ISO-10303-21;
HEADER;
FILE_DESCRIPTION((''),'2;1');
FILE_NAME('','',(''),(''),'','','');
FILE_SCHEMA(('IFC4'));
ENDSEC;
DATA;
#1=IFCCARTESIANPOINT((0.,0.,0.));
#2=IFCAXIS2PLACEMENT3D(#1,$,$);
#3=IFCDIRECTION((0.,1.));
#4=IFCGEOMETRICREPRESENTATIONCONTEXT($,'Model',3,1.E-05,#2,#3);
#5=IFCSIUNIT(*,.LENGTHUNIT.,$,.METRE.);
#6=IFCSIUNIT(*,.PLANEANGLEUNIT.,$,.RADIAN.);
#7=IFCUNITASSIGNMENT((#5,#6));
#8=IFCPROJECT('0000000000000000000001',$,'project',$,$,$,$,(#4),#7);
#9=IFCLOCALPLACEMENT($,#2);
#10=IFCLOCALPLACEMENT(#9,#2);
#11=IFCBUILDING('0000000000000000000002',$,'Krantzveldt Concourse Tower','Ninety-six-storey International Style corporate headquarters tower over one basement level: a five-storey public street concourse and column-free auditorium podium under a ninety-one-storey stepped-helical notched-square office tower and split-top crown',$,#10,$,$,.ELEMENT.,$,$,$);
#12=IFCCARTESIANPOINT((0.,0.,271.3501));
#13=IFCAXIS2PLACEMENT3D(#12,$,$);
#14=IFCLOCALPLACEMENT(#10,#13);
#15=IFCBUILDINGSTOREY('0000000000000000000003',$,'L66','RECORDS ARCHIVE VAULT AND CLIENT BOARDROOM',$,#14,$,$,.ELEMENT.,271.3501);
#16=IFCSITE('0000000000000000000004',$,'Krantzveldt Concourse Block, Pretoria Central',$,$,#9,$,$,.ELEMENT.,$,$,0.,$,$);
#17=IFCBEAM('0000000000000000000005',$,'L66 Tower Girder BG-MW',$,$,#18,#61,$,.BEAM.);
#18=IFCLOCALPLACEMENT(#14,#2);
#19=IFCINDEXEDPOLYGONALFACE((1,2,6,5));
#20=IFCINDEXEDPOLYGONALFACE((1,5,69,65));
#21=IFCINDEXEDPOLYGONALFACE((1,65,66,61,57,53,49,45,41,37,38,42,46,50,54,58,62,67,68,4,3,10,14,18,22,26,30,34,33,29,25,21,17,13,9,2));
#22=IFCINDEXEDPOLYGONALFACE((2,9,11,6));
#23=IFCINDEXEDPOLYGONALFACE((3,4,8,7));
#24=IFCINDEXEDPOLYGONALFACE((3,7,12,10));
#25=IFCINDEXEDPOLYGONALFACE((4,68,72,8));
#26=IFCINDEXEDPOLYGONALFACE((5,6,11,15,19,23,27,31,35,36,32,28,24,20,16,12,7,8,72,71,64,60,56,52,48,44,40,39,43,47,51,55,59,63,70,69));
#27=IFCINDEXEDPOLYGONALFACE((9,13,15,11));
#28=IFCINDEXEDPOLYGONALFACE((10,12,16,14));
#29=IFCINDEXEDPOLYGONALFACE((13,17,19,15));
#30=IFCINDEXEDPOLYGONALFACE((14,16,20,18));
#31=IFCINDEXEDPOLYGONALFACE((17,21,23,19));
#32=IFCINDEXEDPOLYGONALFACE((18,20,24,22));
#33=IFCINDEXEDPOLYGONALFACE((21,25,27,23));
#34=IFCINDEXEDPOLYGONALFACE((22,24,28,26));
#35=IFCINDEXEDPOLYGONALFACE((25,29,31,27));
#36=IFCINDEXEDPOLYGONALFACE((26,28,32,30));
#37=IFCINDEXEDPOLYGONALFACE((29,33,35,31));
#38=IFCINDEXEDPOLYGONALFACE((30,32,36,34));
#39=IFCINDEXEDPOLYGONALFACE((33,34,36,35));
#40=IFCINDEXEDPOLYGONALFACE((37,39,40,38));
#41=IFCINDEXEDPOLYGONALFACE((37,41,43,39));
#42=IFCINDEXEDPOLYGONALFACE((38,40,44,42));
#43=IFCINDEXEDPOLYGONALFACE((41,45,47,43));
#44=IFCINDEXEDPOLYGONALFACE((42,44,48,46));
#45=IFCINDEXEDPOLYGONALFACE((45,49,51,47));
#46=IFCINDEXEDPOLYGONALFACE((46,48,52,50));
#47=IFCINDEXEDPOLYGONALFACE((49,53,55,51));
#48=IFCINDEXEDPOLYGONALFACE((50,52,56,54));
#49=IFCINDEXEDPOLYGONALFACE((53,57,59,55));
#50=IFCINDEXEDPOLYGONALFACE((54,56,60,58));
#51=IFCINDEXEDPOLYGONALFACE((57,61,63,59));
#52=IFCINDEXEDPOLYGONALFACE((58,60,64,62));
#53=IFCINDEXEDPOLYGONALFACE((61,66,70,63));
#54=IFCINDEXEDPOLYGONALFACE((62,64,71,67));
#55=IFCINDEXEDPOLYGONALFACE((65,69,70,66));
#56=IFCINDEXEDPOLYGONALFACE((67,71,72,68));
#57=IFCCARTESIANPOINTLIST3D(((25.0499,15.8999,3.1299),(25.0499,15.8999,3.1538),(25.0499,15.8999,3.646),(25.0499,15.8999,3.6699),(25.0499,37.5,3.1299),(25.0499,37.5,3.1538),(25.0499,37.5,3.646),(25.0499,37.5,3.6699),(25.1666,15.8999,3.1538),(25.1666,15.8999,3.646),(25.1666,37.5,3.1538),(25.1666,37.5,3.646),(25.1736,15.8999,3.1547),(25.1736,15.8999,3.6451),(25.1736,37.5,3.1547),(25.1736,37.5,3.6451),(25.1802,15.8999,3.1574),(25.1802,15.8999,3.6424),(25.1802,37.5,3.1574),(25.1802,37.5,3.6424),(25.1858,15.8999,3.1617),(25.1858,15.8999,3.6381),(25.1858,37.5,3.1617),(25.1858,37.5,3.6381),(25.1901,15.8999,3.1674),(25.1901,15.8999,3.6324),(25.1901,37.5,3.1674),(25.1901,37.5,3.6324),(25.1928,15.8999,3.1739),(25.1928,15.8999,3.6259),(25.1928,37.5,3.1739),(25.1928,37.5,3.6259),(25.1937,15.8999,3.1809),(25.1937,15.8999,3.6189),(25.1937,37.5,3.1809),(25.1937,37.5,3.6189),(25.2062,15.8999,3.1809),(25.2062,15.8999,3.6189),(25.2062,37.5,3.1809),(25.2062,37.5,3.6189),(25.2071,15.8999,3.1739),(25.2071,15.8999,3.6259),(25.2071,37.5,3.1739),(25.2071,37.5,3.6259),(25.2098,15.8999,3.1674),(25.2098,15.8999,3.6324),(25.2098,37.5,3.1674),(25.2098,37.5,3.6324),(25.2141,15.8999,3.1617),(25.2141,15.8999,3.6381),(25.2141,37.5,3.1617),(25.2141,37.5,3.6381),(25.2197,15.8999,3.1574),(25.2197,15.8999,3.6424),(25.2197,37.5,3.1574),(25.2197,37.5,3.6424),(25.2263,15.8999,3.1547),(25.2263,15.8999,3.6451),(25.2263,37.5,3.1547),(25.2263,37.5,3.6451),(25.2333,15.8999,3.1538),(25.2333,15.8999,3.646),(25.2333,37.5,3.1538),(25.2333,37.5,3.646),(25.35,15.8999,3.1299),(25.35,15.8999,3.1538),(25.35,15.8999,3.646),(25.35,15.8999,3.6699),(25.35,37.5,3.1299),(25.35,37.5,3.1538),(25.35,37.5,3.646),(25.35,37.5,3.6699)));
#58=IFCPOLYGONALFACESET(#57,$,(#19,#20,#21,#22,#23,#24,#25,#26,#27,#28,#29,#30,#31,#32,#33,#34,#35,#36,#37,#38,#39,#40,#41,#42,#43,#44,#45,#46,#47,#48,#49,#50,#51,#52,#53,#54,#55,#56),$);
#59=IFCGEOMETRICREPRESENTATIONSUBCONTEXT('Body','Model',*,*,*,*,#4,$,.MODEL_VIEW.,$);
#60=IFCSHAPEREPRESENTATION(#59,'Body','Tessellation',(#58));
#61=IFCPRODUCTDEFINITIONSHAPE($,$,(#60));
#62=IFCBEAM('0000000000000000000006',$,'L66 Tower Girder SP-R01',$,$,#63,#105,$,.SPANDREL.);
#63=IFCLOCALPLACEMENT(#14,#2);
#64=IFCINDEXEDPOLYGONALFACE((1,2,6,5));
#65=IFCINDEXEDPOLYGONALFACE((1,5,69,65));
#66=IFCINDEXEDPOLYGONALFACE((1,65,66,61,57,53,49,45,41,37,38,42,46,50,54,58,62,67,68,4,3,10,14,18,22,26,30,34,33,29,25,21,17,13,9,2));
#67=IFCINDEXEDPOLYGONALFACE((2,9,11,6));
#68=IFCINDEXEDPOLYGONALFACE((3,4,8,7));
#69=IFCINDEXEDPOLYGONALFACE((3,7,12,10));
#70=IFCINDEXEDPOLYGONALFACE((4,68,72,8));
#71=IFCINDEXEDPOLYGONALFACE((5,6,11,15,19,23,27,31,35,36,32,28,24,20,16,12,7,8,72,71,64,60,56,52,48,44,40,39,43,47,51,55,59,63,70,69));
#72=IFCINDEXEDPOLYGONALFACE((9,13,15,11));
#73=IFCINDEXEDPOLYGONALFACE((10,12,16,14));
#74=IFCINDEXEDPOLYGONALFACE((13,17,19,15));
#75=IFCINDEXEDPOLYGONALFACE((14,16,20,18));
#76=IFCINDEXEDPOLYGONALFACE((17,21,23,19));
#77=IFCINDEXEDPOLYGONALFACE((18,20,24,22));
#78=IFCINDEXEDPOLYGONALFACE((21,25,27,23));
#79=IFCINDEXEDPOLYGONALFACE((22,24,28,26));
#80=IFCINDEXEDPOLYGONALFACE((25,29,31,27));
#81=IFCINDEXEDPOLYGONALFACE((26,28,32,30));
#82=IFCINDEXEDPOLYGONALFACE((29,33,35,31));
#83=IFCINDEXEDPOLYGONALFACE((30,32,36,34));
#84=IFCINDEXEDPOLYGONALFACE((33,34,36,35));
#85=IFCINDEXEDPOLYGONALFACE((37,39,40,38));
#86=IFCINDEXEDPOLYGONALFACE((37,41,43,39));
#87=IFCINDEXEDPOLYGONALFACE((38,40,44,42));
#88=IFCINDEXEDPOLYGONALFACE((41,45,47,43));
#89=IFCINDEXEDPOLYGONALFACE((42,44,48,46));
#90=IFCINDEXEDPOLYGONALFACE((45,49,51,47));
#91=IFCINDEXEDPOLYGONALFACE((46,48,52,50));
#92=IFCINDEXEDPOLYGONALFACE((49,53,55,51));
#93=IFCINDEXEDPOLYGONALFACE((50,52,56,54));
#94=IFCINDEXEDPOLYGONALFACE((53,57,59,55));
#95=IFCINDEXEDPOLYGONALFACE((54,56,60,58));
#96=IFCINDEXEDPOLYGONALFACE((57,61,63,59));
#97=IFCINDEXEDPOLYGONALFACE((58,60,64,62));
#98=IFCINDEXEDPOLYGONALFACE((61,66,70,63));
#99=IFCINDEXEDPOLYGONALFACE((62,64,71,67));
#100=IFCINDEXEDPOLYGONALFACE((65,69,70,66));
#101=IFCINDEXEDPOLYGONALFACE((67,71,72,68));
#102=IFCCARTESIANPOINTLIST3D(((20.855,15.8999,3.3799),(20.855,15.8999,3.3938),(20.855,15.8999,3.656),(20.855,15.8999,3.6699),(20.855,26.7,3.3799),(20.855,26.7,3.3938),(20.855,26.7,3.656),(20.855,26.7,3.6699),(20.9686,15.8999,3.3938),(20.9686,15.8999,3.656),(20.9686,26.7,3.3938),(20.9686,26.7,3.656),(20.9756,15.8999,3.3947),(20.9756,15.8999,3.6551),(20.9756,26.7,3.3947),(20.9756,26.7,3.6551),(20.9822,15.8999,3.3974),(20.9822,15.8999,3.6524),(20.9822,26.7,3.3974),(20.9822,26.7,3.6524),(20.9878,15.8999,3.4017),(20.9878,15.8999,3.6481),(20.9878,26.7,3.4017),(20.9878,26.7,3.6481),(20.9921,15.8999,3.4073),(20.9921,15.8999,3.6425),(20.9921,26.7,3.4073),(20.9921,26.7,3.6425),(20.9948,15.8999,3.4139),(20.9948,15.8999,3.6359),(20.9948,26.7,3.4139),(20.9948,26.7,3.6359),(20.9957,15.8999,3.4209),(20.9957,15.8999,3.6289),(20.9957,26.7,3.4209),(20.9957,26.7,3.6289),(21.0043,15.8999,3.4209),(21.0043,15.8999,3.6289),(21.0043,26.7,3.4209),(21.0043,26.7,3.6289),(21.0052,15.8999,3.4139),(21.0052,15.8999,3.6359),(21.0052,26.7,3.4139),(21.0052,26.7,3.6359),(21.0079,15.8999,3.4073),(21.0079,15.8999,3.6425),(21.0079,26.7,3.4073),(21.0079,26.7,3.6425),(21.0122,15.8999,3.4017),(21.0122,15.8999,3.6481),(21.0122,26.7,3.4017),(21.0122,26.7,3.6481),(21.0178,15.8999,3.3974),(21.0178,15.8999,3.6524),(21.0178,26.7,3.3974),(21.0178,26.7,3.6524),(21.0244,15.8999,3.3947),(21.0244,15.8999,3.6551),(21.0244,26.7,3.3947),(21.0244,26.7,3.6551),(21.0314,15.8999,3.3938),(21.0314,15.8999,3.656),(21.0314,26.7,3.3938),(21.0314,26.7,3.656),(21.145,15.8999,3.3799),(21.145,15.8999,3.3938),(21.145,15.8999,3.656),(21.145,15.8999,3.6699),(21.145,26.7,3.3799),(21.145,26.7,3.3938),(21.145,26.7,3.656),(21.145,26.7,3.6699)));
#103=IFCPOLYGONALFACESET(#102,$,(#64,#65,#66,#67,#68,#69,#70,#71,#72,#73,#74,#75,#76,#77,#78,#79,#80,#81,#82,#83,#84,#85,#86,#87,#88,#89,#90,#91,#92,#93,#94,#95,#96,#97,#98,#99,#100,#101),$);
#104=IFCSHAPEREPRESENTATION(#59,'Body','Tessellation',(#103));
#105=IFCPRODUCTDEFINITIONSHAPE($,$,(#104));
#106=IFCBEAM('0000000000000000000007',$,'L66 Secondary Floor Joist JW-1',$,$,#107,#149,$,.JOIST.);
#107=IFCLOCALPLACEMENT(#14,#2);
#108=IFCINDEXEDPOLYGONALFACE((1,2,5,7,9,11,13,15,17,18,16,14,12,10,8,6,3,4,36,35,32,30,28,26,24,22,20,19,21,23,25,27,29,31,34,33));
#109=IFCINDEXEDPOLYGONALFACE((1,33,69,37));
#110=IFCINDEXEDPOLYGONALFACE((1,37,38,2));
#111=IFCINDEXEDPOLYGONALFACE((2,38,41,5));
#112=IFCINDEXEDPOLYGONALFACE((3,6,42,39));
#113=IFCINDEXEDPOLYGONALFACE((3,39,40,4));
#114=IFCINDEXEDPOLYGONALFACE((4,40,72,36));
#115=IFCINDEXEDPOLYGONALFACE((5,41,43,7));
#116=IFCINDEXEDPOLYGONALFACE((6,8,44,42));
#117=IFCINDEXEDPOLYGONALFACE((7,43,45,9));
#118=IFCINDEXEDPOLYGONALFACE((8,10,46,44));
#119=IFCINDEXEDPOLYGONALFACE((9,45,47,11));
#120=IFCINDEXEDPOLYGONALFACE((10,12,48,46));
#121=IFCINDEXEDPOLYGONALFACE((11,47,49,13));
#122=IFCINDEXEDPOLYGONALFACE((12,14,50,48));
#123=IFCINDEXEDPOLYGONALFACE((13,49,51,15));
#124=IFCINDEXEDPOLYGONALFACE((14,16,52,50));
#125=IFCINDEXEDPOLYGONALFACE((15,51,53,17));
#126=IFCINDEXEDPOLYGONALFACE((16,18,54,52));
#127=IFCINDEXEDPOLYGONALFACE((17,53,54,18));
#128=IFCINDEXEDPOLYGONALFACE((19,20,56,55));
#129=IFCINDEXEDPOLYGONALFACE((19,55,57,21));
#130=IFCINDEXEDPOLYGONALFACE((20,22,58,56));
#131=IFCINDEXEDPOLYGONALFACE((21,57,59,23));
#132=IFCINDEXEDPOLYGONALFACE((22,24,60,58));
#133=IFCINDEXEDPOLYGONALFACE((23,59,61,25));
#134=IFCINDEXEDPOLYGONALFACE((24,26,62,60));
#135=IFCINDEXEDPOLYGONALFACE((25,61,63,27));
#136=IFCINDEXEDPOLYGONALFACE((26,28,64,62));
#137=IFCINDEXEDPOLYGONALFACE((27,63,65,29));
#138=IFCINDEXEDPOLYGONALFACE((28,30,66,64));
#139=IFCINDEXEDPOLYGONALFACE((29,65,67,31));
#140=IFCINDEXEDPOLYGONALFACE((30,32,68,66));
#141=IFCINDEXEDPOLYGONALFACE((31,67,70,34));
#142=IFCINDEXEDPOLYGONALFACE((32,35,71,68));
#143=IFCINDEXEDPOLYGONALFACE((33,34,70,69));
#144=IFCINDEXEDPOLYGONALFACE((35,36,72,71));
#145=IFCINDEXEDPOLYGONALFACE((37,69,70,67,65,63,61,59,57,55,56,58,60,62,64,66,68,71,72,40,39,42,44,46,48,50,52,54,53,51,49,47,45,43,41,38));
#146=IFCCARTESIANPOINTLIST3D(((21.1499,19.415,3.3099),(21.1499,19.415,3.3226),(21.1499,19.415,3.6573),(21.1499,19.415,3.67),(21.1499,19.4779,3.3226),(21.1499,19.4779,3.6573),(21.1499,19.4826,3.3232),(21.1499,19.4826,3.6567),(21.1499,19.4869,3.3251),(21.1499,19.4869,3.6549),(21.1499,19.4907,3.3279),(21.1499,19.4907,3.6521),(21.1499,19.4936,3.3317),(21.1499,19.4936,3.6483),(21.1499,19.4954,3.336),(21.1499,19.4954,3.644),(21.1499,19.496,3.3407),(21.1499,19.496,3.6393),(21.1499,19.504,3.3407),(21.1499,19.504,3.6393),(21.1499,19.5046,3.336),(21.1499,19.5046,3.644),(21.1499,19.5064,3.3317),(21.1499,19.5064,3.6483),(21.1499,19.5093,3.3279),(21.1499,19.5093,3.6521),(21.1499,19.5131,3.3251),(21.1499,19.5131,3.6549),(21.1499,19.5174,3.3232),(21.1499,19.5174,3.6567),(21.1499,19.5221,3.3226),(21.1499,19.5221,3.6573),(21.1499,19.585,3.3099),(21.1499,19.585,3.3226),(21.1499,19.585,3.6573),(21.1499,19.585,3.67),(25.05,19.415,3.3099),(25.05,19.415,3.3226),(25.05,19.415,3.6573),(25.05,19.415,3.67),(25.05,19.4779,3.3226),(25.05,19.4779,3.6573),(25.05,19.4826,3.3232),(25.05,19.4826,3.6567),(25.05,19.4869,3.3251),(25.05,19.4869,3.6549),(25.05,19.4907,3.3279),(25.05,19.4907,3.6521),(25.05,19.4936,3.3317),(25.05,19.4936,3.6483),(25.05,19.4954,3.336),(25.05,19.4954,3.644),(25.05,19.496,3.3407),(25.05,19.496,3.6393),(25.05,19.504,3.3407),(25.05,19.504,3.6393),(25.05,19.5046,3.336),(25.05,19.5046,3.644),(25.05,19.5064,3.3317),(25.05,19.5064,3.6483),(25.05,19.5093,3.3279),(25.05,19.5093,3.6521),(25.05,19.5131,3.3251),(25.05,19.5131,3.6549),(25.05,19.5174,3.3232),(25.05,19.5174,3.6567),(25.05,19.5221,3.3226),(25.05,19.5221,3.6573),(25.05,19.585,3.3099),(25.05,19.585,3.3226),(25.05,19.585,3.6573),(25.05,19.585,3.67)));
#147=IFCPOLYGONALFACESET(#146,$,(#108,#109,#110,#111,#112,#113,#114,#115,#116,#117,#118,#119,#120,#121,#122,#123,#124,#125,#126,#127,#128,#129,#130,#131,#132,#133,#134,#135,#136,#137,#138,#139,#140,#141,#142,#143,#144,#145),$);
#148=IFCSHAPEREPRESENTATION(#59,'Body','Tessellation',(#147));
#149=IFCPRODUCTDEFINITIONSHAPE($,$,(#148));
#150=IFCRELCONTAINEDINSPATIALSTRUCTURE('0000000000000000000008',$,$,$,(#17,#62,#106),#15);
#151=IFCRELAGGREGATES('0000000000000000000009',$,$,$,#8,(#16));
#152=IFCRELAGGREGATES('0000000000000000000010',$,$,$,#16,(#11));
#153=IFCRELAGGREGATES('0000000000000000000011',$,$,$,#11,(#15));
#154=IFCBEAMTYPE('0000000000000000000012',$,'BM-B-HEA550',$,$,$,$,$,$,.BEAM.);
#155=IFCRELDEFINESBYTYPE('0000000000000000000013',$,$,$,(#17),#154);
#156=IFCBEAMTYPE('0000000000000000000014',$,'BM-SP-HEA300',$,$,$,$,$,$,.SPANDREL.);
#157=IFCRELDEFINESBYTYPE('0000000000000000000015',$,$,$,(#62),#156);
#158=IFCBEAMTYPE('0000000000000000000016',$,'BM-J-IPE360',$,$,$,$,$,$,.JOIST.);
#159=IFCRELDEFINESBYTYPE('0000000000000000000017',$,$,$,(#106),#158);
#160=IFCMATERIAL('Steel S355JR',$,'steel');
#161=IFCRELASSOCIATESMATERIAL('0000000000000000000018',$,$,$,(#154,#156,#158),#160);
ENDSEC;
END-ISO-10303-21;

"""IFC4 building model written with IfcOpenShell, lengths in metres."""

from ifc_helpers import new_model, si_unit, direction, frame, origin, origin_2d, place, context, subcontext, project, spatial, i_section, extrude, source, transform, mapped, material, material_profile, profile_set, type_object, type_shapes, element, save


model = new_model("IFC4")

# Units and contexts
model_context = context("Model", 3, precision=1e-05, world=origin(), true_north=direction((0.0, 1.0)))
body_context = subcontext(model_context, "Body", "Model", "MODEL_VIEW")
ifc_project = project(units=[si_unit("LENGTHUNIT", "METRE"), si_unit("PLANEANGLEUNIT", "RADIAN")], contexts=[model_context])

# Site, building, storey
site_placement = place(None, origin())
site = spatial("IfcSite", under=ifc_project, at=site_placement, Name="Krantzveldt Concourse Block, Pretoria Central", CompositionType="ELEMENT", RefElevation=0.0)
building_placement = place(site_placement, origin())
building = spatial("IfcBuilding", under=site, at=building_placement, Name="Krantzveldt Concourse Tower", Description="Ninety-six-storey International Style corporate headquarters tower over one basement level: a five-storey public street concourse and column-free auditorium podium under a ninety-one-storey stepped-helical notched-square office tower and split-top crown", CompositionType="ELEMENT")
storey_placement = place(building_placement, frame((0.0, 0.0, 271.3501)))
storey = spatial("IfcBuildingStorey", under=building, at=storey_placement, Name="L66", Description="RECORDS ARCHIVE VAULT AND CLIENT BOARDROOM", CompositionType="ELEMENT", Elevation=271.3501)

# Beams
ifc_material_1 = material(Name="Steel S355JR", Category="steel")
ifc_material_profile_1 = material_profile(ifc_material_1, i_section(OverallWidth=0.3, OverallDepth=0.54, WebThickness=0.0125, FlangeThickness=0.0239, FilletRadius=0.0271, at=origin_2d()), Name="Steel S355JR", Category="steel")
ifc_profile_set_1 = profile_set([ifc_material_profile_1], Name="Steel S355JR - HEA 550")
beam_type_1 = type_object("IfcBeamType", Name="BM-B-HEA550", PredefinedType="BEAM", material=ifc_profile_set_1)
shared_shape_1 = source(origin(), body_context, "Body", "SweptSolid", [
    extrude(i_section(OverallWidth=0.3, OverallDepth=0.54, WebThickness=0.0125, FlangeThickness=0.0239, FilletRadius=0.0271, at=origin_2d()), origin(), (0.0, 0.0, 1.0), 21.6001),
])
type_shapes(beam_type_1, [shared_shape_1])
beam_1_placement = place(storey_placement, frame((25.2, 15.8999, 3.3999), z_axis=(0.0, 1.0, 0.0), x_axis=(-1.0, 0.0, 0.0)))
element("IfcBeam", 1, at=beam_1_placement, inside=storey, type_object=beam_type_1, Name="L66 Tower Girder BG-MW", PredefinedType="BEAM", context=body_context, shape_type="MappedRepresentation", body=[
    mapped(shared_shape_1, transform((0.0, 0.0, 0.0), x_axis=(1.0, 0.0, 0.0), y_axis=(0.0, 1.0, 0.0), z_axis=(0.0, 0.0, 1.0), scale=1.0)),
])
ifc_material_profile_2 = material_profile(ifc_material_1, i_section(OverallWidth=0.29, OverallDepth=0.29, WebThickness=0.0085, FlangeThickness=0.0139, FilletRadius=0.0271, at=origin_2d()), Name="Steel S355JR", Category="steel")
ifc_profile_set_2 = profile_set([ifc_material_profile_2], Name="Steel S355JR - HEA 300")
beam_type_2 = type_object("IfcBeamType", Name="BM-SP-HEA300", PredefinedType="SPANDREL", material=ifc_profile_set_2)
shared_shape_2 = source(origin(), body_context, "Body", "SweptSolid", [
    extrude(i_section(OverallWidth=0.29, OverallDepth=0.29, WebThickness=0.0085, FlangeThickness=0.0139, FilletRadius=0.0271, at=origin_2d()), origin(), (0.0, 0.0, 1.0), 10.8),
])
type_shapes(beam_type_2, [shared_shape_2])
beam_2_placement = place(storey_placement, frame((21.0, 15.8999, 3.5249), z_axis=(0.0, 1.0, 0.0), x_axis=(-1.0, 0.0, 0.0)))
element("IfcBeam", 2, at=beam_2_placement, inside=storey, type_object=beam_type_2, Name="L66 Tower Girder SP-R01", PredefinedType="SPANDREL", context=body_context, shape_type="MappedRepresentation", body=[
    mapped(shared_shape_2, transform((0.0, 0.0, 0.0), x_axis=(1.0, 0.0, 0.0), y_axis=(0.0, 1.0, 0.0), z_axis=(0.0, 0.0, 1.0), scale=1.0)),
])
ifc_material_profile_3 = material_profile(ifc_material_1, i_section(OverallWidth=0.1699, OverallDepth=0.3601, WebThickness=0.0081, FlangeThickness=0.0127, FilletRadius=0.0181, at=origin_2d()), Name="Steel S355JR", Category="steel")
ifc_profile_set_3 = profile_set([ifc_material_profile_3], Name="Steel S355JR - IPE 360")
beam_type_3 = type_object("IfcBeamType", Name="BM-J-IPE360", PredefinedType="JOIST", material=ifc_profile_set_3)
shared_shape_3 = source(origin(), body_context, "Body", "SweptSolid", [
    extrude(i_section(OverallWidth=0.1699, OverallDepth=0.3601, WebThickness=0.0081, FlangeThickness=0.0127, FilletRadius=0.0181, at=origin_2d()), origin(), (0.0, 0.0, 1.0), 3.9001),
])
type_shapes(beam_type_3, [shared_shape_3])
for number, where, z_axis, x_axis, name in (
    (3, (21.1499, 19.5, 3.49), (1.0, 0.0, 0.0), (0.0, 1.0, 0.0), "L66 Secondary Floor Joist JW-1"),
):
    element("IfcBeam", number, at=place(storey_placement, frame(where, z_axis=z_axis, x_axis=x_axis)), inside=storey, type_object=beam_type_3, Name=name, PredefinedType="JOIST", context=body_context, shape_type="MappedRepresentation", body=[
        mapped(shared_shape_3, transform((0.0, 0.0, 0.0), x_axis=(1.0, 0.0, 0.0), y_axis=(0.0, 1.0, 0.0), z_axis=(0.0, 0.0, 1.0), scale=1.0)),
    ])

save(model, "model.ifc")
